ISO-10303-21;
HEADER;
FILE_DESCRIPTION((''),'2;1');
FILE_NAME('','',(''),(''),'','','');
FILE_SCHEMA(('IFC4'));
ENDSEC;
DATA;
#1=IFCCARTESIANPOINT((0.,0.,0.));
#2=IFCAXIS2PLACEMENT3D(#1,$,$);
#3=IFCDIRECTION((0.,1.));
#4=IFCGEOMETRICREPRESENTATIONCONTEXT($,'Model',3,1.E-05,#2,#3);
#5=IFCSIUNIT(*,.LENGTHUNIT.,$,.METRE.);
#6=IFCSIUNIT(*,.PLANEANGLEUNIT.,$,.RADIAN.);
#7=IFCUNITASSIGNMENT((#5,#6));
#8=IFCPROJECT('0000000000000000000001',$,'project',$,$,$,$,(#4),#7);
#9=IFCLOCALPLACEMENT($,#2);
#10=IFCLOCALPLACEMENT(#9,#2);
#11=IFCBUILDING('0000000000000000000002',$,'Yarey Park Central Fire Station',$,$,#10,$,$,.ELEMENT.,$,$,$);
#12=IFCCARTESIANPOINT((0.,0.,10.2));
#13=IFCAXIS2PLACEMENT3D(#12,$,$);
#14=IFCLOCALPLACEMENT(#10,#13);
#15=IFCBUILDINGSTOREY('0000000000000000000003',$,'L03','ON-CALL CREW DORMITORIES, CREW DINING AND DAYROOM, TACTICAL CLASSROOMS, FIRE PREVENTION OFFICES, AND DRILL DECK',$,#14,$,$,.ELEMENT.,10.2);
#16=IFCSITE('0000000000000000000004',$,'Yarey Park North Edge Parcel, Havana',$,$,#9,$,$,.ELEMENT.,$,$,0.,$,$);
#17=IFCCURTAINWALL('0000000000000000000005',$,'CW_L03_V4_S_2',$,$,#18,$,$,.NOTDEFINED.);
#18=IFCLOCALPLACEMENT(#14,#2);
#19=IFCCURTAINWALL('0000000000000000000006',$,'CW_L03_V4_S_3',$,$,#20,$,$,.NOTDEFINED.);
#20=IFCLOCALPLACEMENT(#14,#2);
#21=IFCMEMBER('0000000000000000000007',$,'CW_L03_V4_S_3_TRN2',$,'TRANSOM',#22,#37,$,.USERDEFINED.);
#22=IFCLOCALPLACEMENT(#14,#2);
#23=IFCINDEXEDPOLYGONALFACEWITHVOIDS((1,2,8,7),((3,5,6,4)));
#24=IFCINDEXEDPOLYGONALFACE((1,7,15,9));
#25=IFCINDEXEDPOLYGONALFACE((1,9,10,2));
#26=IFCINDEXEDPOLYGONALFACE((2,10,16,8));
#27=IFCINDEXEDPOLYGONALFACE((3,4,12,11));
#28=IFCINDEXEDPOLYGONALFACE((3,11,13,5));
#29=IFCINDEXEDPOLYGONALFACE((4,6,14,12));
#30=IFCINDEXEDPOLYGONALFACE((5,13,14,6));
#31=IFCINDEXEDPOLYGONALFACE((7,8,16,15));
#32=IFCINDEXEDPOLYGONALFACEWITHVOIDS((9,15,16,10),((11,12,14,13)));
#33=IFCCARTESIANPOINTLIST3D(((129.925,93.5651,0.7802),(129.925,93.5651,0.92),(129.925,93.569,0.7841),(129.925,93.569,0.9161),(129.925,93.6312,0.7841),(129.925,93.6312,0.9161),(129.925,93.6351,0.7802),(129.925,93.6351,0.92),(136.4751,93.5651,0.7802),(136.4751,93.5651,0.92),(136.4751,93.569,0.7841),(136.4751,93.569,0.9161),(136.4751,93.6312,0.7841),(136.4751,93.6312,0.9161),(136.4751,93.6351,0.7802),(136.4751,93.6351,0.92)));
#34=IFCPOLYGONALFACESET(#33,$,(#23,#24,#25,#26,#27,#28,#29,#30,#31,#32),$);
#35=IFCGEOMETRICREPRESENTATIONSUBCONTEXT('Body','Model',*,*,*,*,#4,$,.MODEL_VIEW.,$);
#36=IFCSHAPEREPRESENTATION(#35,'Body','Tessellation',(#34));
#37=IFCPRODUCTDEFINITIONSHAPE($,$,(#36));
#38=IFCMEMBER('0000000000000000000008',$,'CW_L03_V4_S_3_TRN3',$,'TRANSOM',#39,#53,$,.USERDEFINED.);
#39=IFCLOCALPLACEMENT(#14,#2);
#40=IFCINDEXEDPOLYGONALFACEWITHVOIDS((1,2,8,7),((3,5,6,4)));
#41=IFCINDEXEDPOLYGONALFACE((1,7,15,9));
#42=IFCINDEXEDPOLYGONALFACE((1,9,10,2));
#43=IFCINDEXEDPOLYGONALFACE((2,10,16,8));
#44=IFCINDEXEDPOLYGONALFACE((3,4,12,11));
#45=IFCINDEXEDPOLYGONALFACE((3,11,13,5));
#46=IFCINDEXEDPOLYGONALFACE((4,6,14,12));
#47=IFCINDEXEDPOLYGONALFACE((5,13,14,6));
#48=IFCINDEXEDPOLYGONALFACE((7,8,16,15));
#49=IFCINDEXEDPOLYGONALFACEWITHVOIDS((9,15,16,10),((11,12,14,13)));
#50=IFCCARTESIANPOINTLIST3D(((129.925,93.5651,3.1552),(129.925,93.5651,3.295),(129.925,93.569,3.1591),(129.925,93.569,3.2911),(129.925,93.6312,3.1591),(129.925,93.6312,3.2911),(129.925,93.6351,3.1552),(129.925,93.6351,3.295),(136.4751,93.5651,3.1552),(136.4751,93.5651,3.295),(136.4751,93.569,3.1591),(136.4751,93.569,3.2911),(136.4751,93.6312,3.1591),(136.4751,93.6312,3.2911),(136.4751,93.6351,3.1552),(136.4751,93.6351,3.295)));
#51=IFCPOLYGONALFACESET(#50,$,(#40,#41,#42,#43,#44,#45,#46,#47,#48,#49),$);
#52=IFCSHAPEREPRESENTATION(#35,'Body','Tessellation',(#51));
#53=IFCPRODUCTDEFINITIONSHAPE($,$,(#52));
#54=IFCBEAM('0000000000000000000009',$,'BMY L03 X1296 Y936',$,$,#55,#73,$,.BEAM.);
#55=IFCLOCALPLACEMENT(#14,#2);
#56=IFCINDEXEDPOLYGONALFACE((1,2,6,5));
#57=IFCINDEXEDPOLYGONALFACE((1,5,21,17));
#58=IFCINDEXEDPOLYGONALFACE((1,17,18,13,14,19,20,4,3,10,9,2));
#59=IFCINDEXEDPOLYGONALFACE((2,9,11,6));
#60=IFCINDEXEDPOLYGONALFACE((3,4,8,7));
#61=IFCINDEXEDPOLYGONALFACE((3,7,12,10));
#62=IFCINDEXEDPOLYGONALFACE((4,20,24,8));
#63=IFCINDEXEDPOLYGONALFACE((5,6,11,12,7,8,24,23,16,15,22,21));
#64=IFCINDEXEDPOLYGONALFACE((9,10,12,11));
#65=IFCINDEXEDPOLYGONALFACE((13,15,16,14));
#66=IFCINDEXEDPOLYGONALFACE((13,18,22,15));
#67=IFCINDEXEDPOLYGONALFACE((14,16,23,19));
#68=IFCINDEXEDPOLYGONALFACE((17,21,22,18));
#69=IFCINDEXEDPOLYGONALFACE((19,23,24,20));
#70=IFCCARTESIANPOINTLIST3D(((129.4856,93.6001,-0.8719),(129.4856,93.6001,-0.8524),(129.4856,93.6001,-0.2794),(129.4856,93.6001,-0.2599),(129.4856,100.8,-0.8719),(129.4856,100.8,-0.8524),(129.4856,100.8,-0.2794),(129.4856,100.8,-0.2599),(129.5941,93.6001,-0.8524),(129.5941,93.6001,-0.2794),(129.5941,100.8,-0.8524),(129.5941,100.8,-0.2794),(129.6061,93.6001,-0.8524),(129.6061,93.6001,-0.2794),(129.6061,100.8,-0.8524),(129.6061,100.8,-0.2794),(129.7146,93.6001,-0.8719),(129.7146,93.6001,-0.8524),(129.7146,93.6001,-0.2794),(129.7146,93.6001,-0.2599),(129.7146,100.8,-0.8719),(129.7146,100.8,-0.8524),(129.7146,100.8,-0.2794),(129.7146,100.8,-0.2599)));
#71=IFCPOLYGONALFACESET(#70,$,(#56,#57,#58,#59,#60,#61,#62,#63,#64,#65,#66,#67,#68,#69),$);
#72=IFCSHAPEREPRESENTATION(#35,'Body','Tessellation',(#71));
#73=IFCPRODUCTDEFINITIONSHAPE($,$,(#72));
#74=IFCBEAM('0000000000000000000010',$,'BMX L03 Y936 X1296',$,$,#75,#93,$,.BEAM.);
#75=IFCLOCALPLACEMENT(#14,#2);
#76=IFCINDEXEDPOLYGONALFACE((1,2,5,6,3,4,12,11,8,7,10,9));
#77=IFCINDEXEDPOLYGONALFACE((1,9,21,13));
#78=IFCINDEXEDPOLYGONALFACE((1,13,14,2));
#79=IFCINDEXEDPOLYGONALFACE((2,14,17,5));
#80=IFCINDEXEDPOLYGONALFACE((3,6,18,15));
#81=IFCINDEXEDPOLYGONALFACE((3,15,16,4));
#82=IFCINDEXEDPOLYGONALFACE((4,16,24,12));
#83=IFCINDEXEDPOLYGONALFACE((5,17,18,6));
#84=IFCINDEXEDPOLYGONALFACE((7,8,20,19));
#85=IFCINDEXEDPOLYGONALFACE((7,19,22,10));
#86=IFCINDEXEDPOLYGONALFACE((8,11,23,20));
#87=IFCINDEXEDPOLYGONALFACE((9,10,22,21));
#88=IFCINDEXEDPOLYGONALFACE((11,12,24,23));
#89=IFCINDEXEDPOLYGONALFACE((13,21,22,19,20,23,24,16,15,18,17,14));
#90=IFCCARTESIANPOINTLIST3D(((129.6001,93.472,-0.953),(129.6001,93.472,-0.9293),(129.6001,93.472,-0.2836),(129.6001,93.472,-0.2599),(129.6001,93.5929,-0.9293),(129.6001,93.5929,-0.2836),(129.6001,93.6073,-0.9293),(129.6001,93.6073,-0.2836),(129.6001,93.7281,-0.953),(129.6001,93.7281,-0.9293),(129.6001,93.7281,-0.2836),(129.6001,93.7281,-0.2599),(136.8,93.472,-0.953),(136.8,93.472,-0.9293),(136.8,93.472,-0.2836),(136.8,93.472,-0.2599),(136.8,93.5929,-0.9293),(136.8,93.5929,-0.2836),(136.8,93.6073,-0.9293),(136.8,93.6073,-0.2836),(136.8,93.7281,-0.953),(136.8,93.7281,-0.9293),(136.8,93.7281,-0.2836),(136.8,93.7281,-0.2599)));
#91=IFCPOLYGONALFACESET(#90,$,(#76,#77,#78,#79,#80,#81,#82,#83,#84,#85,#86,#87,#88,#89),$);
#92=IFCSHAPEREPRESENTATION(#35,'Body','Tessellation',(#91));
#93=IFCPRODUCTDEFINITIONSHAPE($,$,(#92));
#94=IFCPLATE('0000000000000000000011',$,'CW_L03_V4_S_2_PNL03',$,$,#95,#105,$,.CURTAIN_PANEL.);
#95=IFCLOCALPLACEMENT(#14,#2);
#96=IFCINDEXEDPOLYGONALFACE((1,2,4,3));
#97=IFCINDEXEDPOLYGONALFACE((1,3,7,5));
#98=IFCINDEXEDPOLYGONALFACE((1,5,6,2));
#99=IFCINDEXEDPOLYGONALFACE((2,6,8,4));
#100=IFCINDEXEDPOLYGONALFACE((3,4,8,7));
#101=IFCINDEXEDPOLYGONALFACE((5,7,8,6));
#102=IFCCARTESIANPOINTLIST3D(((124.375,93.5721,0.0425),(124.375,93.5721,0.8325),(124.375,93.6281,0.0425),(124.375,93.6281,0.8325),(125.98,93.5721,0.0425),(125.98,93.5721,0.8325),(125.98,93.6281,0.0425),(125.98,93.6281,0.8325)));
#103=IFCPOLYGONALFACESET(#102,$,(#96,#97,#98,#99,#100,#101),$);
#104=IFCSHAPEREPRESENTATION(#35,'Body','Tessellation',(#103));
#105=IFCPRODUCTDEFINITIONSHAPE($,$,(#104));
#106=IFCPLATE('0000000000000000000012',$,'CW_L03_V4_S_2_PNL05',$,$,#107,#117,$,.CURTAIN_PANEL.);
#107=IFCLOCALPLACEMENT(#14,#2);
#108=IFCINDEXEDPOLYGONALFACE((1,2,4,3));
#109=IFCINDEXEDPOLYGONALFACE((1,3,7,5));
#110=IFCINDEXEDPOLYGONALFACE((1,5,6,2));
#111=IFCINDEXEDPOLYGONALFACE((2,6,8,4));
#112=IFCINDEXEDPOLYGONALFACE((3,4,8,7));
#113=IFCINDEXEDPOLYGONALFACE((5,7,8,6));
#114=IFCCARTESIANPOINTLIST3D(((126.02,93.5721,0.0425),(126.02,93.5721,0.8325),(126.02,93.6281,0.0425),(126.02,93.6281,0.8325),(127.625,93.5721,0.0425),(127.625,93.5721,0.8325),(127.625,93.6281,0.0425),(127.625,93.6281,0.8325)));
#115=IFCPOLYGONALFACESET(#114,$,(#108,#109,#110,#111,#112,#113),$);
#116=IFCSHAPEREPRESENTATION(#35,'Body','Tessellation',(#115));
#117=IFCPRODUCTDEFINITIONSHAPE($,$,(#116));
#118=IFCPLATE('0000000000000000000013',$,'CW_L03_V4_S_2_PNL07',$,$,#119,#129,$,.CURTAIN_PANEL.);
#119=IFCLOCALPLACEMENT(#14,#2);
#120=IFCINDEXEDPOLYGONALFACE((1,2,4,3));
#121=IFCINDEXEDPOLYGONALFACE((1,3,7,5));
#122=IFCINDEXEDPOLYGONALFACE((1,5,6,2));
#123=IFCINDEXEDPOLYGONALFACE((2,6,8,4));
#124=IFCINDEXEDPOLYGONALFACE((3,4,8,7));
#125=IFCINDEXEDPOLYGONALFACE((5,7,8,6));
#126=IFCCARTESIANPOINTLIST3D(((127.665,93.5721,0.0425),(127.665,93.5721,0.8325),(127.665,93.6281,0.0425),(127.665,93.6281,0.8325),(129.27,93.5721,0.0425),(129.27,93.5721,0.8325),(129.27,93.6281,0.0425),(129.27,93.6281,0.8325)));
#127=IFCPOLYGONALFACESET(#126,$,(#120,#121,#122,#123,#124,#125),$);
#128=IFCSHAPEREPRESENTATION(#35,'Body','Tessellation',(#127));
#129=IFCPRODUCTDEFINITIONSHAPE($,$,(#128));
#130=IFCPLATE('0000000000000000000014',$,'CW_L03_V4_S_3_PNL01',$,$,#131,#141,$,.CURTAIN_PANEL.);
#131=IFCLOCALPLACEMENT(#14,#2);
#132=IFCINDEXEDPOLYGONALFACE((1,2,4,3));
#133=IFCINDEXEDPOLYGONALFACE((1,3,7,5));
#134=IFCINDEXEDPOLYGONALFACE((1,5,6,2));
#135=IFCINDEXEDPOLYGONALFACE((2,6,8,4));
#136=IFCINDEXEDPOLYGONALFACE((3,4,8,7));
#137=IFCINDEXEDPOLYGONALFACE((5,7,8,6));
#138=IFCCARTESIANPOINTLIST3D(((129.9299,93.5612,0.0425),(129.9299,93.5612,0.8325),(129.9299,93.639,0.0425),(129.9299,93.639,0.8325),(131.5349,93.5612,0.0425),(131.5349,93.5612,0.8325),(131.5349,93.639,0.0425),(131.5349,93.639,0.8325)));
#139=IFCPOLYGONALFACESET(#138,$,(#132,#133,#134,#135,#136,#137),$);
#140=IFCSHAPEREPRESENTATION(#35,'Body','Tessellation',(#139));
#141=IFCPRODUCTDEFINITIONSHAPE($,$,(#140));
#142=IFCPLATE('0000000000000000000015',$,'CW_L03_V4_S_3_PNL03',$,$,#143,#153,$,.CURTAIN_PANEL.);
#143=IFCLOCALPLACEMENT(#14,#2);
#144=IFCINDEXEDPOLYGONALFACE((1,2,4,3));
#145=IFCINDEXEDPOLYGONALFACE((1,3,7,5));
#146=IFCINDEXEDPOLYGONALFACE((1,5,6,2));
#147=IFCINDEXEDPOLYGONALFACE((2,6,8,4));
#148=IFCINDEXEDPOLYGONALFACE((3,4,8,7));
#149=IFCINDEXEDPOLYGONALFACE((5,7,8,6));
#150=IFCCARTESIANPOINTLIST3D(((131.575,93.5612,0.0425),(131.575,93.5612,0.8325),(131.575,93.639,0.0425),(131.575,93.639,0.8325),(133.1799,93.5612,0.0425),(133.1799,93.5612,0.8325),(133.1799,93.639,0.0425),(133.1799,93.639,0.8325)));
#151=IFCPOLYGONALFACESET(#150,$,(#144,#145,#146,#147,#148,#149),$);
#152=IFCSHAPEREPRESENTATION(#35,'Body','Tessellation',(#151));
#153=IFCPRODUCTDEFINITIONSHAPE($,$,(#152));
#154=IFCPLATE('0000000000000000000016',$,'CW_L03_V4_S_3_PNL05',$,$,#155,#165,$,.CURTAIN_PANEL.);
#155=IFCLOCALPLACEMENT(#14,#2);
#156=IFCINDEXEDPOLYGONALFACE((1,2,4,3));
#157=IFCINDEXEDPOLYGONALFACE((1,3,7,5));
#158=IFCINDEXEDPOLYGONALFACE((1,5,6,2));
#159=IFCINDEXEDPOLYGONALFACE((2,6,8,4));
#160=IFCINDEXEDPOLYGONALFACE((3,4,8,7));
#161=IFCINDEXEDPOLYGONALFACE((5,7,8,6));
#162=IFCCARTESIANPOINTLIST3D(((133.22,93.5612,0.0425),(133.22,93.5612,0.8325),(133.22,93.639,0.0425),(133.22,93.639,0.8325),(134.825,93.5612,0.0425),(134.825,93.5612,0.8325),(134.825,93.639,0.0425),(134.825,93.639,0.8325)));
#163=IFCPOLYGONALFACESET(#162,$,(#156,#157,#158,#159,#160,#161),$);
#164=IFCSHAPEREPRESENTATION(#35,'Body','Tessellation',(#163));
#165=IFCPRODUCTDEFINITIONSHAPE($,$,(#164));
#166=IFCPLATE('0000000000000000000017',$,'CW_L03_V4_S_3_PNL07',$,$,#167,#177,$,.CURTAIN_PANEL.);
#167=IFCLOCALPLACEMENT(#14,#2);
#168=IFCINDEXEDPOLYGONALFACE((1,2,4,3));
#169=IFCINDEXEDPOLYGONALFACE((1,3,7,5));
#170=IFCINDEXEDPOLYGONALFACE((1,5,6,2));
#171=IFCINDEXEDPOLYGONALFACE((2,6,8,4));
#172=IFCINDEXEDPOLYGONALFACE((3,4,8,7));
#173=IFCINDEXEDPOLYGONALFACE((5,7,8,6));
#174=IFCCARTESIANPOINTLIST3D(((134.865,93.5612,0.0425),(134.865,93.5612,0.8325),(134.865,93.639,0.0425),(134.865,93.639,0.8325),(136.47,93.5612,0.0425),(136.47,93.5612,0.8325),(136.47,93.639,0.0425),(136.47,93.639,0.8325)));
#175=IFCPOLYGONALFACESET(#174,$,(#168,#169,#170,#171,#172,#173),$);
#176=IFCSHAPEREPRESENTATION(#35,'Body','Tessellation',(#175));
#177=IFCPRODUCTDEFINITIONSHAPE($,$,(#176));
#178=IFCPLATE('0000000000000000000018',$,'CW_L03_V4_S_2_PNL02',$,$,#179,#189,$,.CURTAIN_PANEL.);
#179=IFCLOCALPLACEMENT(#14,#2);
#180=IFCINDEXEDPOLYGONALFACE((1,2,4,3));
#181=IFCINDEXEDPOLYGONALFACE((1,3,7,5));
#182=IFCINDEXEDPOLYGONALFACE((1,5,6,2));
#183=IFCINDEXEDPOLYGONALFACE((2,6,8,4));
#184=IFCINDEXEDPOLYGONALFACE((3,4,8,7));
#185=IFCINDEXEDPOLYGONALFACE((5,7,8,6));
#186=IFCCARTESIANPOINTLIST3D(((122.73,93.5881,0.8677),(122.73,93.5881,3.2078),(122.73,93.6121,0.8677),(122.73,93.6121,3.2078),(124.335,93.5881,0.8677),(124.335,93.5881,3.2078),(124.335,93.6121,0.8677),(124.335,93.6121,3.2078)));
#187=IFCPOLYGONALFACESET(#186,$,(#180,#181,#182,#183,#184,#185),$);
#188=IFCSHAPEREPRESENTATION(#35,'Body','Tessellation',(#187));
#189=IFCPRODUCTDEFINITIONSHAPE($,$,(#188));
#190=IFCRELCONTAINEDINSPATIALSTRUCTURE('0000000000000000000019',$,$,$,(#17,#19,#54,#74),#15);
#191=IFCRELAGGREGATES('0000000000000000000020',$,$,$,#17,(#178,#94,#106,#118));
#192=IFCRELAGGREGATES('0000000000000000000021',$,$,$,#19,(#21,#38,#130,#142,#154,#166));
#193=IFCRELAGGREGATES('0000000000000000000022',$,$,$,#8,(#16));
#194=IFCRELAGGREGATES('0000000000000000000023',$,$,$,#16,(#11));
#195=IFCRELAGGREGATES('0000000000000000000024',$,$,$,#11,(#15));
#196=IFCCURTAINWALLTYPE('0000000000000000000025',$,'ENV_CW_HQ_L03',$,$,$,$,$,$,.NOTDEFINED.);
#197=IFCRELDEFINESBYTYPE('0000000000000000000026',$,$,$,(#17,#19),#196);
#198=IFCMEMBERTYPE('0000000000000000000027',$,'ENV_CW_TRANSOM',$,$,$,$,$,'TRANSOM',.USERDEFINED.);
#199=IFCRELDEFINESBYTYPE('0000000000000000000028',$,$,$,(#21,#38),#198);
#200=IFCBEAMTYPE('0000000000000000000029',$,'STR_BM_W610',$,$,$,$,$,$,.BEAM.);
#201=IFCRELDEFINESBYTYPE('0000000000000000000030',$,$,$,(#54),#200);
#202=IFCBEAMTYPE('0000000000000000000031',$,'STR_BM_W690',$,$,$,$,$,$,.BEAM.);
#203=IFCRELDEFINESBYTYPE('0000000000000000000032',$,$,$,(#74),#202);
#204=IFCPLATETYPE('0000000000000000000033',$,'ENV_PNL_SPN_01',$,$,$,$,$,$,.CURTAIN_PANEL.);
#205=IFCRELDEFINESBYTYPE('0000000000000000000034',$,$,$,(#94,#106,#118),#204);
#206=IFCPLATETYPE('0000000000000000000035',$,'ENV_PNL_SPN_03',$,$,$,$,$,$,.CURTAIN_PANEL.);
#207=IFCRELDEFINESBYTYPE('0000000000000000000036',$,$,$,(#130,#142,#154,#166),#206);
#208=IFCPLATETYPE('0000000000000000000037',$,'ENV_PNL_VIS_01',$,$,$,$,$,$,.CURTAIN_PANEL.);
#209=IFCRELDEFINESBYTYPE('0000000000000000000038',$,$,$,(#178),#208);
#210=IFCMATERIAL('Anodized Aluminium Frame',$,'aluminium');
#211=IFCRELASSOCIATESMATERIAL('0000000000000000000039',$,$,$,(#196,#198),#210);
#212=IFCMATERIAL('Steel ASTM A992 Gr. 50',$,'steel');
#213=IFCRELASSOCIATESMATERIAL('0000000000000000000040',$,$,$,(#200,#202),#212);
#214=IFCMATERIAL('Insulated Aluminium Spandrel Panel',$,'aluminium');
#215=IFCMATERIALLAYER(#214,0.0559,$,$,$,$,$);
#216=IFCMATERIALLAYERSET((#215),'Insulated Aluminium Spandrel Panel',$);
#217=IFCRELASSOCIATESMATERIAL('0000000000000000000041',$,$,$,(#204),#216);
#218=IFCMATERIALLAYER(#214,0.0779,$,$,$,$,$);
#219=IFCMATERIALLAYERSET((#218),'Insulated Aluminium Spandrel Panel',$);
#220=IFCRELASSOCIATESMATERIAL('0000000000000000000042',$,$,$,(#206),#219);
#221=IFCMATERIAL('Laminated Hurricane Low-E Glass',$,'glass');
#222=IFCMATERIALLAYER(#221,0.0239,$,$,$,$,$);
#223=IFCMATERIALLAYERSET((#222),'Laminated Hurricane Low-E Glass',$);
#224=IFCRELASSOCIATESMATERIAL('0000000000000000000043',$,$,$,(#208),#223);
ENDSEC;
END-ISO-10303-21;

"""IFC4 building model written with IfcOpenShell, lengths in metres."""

from ifc_helpers import new_model, si_unit, direction, frame, origin, origin_2d, place, context, subcontext, project, spatial, rectangle, hollow_rectangle, i_section, extrude, material, layer, layer_set, material_profile, profile_set, type_object, element, aggregate, save


model = new_model("IFC4")

# Units and contexts
model_context = context("Model", 3, precision=1e-05, world=origin(), true_north=direction((0.0, 1.0)))
body_context = subcontext(model_context, "Body", "Model", "MODEL_VIEW")
ifc_project = project(units=[si_unit("LENGTHUNIT", "METRE"), si_unit("PLANEANGLEUNIT", "RADIAN")], contexts=[model_context])

# Site, building, storey
site_placement = place(None, origin())
site = spatial("IfcSite", under=ifc_project, at=site_placement, Name="Yarey Park North Edge Parcel, Havana", CompositionType="ELEMENT", RefElevation=0.0)
building_placement = place(site_placement, origin())
building = spatial("IfcBuilding", under=site, at=building_placement, Name="Yarey Park Central Fire Station", CompositionType="ELEMENT")
storey_placement = place(building_placement, frame((0.0, 0.0, 10.2)))
storey = spatial("IfcBuildingStorey", under=building, at=storey_placement, Name="L03", Description="ON-CALL CREW DORMITORIES, CREW DINING AND DAYROOM, TACTICAL CLASSROOMS, FIRE PREVENTION OFFICES, AND DRILL DECK", CompositionType="ELEMENT", Elevation=10.2)

# Curtain walls, members
ifc_material_1 = material(Name="Anodized Aluminium Frame", Category="aluminium")
curtain_wall_type = type_object("IfcCurtainWallType", Name="ENV_CW_HQ_L03", PredefinedType="NOTDEFINED", material=ifc_material_1)
curtain_wall_1_placement = place(storey_placement, origin())
curtain_wall_1 = element("IfcCurtainWall", 1, at=curtain_wall_1_placement, inside=storey, type_object=curtain_wall_type, Name="CW_L03_V4_S_2", PredefinedType="NOTDEFINED")
curtain_wall_2_placement = place(storey_placement, origin())
curtain_wall_2 = element("IfcCurtainWall", 2, at=curtain_wall_2_placement, inside=storey, type_object=curtain_wall_type, Name="CW_L03_V4_S_3", PredefinedType="NOTDEFINED")
ifc_material_profile_1 = material_profile(ifc_material_1, hollow_rectangle(XDim=0.0701, YDim=0.1399, WallThickness=0.0039, at=origin_2d()), Name="ALU 140x70x4")
ifc_profile_set_1 = profile_set([ifc_material_profile_1], Name="Anodized Aluminium Frame")
member_type_1 = type_object("IfcMemberType", Name="ENV_CW_TRANSOM", ElementType="TRANSOM", PredefinedType="USERDEFINED", material=ifc_profile_set_1)
member_1_placement = place(storey_placement, frame((129.925, 93.6001, 0.8501), z_axis=(1.0, 0.0, 0.0), x_axis=(0.0, 1.0, 0.0)))
member_1 = element("IfcMember", 3, at=member_1_placement, type_object=member_type_1, Name="CW_L03_V4_S_3_TRN2", ObjectType="TRANSOM", PredefinedType="USERDEFINED", context=body_context, shape_type="SweptSolid", body=[
    extrude(hollow_rectangle(XDim=0.0701, YDim=0.1399, WallThickness=0.0039, at=origin_2d()), origin(), (0.0, 0.0, 1.0), 6.55),
])
member_2_placement = place(storey_placement, frame((129.925, 93.6001, 3.2251), z_axis=(1.0, 0.0, 0.0), x_axis=(0.0, 1.0, 0.0)))
member_2 = element("IfcMember", 4, at=member_2_placement, type_object=member_type_1, Name="CW_L03_V4_S_3_TRN3", ObjectType="TRANSOM", PredefinedType="USERDEFINED", context=body_context, shape_type="SweptSolid", body=[
    extrude(hollow_rectangle(XDim=0.0701, YDim=0.1399, WallThickness=0.0039, at=origin_2d()), origin(), (0.0, 0.0, 1.0), 6.55),
])

# Beams
ifc_material_2 = material(Name="Steel ASTM A992 Gr. 50", Category="steel")
ifc_material_profile_2 = material_profile(ifc_material_2, i_section(OverallWidth=0.229, OverallDepth=0.6121, WebThickness=0.012, FlangeThickness=0.0195, at=origin_2d()), Name="W610x125")
ifc_profile_set_2 = profile_set([ifc_material_profile_2], Name="Steel ASTM A992 Gr. 50")
beam_type_1 = type_object("IfcBeamType", Name="STR_BM_W610", PredefinedType="BEAM", material=ifc_profile_set_2)
beam_1_placement = place(storey_placement, frame((129.6001, 93.6001, -0.5659), z_axis=(0.0, 1.0, 0.0), x_axis=(-1.0, 0.0, 0.0)))
element("IfcBeam", 5, at=beam_1_placement, inside=storey, type_object=beam_type_1, Name="BMY L03 X1296 Y936", PredefinedType="BEAM", context=body_context, shape_type="SweptSolid", body=[
    extrude(i_section(OverallWidth=0.229, OverallDepth=0.6121, WebThickness=0.012, FlangeThickness=0.0195, at=origin_2d()), origin(), (0.0, 0.0, 1.0), 7.2),
])
ifc_material_profile_3 = material_profile(ifc_material_2, i_section(OverallWidth=0.2561, OverallDepth=0.6931, WebThickness=0.0144, FlangeThickness=0.0237, at=origin_2d()), Name="W690x170")
ifc_profile_set_3 = profile_set([ifc_material_profile_3], Name="Steel ASTM A992 Gr. 50")
beam_type_2 = type_object("IfcBeamType", Name="STR_BM_W690", PredefinedType="BEAM", material=ifc_profile_set_3)
beam_2_placement = place(storey_placement, frame((129.6001, 93.6001, -0.6064), z_axis=(1.0, 0.0, 0.0), x_axis=(0.0, 1.0, 0.0)))
element("IfcBeam", 6, at=beam_2_placement, inside=storey, type_object=beam_type_2, Name="BMX L03 Y936 X1296", PredefinedType="BEAM", context=body_context, shape_type="SweptSolid", body=[
    extrude(i_section(OverallWidth=0.2561, OverallDepth=0.6931, WebThickness=0.0144, FlangeThickness=0.0237, at=origin_2d()), origin(), (0.0, 0.0, 1.0), 7.2),
])

# Plates
ifc_material_3 = material(Name="Insulated Aluminium Spandrel Panel", Category="aluminium")
ifc_layer_1 = layer(ifc_material_3, 0.0559)
ifc_layer_set_1 = layer_set([ifc_layer_1], Name="Insulated Aluminium Spandrel Panel")
plate_type_1 = type_object("IfcPlateType", Name="ENV_PNL_SPN_01", PredefinedType="CURTAIN_PANEL", material=ifc_layer_set_1)
plate_1_placement = place(storey_placement, frame((125.1775, 93.6001, 0.0425), z_axis=(0.0, 0.0, 1.0), x_axis=(1.0, 0.0, 0.0)))
plate_1 = element("IfcPlate", 7, at=plate_1_placement, type_object=plate_type_1, Name="CW_L03_V4_S_2_PNL03", PredefinedType="CURTAIN_PANEL", context=body_context, shape_type="SweptSolid", body=[
    extrude(rectangle(XDim=1.605, YDim=0.0559, at=origin_2d()), origin(), (0.0, 0.0, 1.0), 0.79),
])
plate_2_placement = place(storey_placement, frame((126.8225, 93.6001, 0.0425), z_axis=(0.0, 0.0, 1.0), x_axis=(1.0, 0.0, 0.0)))
plate_2 = element("IfcPlate", 8, at=plate_2_placement, type_object=plate_type_1, Name="CW_L03_V4_S_2_PNL05", PredefinedType="CURTAIN_PANEL", context=body_context, shape_type="SweptSolid", body=[
    extrude(rectangle(XDim=1.605, YDim=0.0559, at=origin_2d()), origin(), (0.0, 0.0, 1.0), 0.79),
])
plate_3_placement = place(storey_placement, frame((128.4675, 93.6001, 0.0425), z_axis=(0.0, 0.0, 1.0), x_axis=(1.0, 0.0, 0.0)))
plate_3 = element("IfcPlate", 9, at=plate_3_placement, type_object=plate_type_1, Name="CW_L03_V4_S_2_PNL07", PredefinedType="CURTAIN_PANEL", context=body_context, shape_type="SweptSolid", body=[
    extrude(rectangle(XDim=1.605, YDim=0.0559, at=origin_2d()), origin(), (0.0, 0.0, 1.0), 0.79),
])
ifc_layer_2 = layer(ifc_material_3, 0.0779)
ifc_layer_set_2 = layer_set([ifc_layer_2], Name="Insulated Aluminium Spandrel Panel")
plate_type_2 = type_object("IfcPlateType", Name="ENV_PNL_SPN_03", PredefinedType="CURTAIN_PANEL", material=ifc_layer_set_2)
plate_4_placement = place(storey_placement, frame((130.7324, 93.6001, 0.0425), z_axis=(0.0, 0.0, 1.0), x_axis=(1.0, 0.0, 0.0)))
plate_4 = element("IfcPlate", 10, at=plate_4_placement, type_object=plate_type_2, Name="CW_L03_V4_S_3_PNL01", PredefinedType="CURTAIN_PANEL", context=body_context, shape_type="SweptSolid", body=[
    extrude(rectangle(XDim=1.605, YDim=0.0779, at=origin_2d()), origin(), (0.0, 0.0, 1.0), 0.79),
])
plate_5_placement = place(storey_placement, frame((132.3774, 93.6001, 0.0425), z_axis=(0.0, 0.0, 1.0), x_axis=(1.0, 0.0, 0.0)))
plate_5 = element("IfcPlate", 11, at=plate_5_placement, type_object=plate_type_2, Name="CW_L03_V4_S_3_PNL03", PredefinedType="CURTAIN_PANEL", context=body_context, shape_type="SweptSolid", body=[
    extrude(rectangle(XDim=1.605, YDim=0.0779, at=origin_2d()), origin(), (0.0, 0.0, 1.0), 0.79),
])
plate_6_placement = place(storey_placement, frame((134.0225, 93.6001, 0.0425), z_axis=(0.0, 0.0, 1.0), x_axis=(1.0, 0.0, 0.0)))
plate_6 = element("IfcPlate", 12, at=plate_6_placement, type_object=plate_type_2, Name="CW_L03_V4_S_3_PNL05", PredefinedType="CURTAIN_PANEL", context=body_context, shape_type="SweptSolid", body=[
    extrude(rectangle(XDim=1.605, YDim=0.0779, at=origin_2d()), origin(), (0.0, 0.0, 1.0), 0.79),
])
plate_7_placement = place(storey_placement, frame((135.6675, 93.6001, 0.0425), z_axis=(0.0, 0.0, 1.0), x_axis=(1.0, 0.0, 0.0)))
plate_7 = element("IfcPlate", 13, at=plate_7_placement, type_object=plate_type_2, Name="CW_L03_V4_S_3_PNL07", PredefinedType="CURTAIN_PANEL", context=body_context, shape_type="SweptSolid", body=[
    extrude(rectangle(XDim=1.605, YDim=0.0779, at=origin_2d()), origin(), (0.0, 0.0, 1.0), 0.79),
])
ifc_material_4 = material(Name="Laminated Hurricane Low-E Glass", Category="glass")
ifc_layer_3 = layer(ifc_material_4, 0.0239)
ifc_layer_set_3 = layer_set([ifc_layer_3], Name="Laminated Hurricane Low-E Glass")
plate_type_3 = type_object("IfcPlateType", Name="ENV_PNL_VIS_01", PredefinedType="CURTAIN_PANEL", material=ifc_layer_set_3)
plate_8_placement = place(storey_placement, frame((123.5325, 93.6001, 0.8677), z_axis=(0.0, 0.0, 1.0), x_axis=(1.0, 0.0, 0.0)))
plate_8 = element("IfcPlate", 14, at=plate_8_placement, type_object=plate_type_3, Name="CW_L03_V4_S_2_PNL02", PredefinedType="CURTAIN_PANEL", context=body_context, shape_type="SweptSolid", body=[
    extrude(rectangle(XDim=1.605, YDim=0.0239, at=origin_2d()), origin(), (0.0, 0.0, 1.0), 2.3401),
])
aggregate(curtain_wall_1, [plate_8, plate_1, plate_2, plate_3])
aggregate(curtain_wall_2, [member_1, member_2, plate_4, plate_5, plate_6, plate_7])

save(model, "model.ifc")
